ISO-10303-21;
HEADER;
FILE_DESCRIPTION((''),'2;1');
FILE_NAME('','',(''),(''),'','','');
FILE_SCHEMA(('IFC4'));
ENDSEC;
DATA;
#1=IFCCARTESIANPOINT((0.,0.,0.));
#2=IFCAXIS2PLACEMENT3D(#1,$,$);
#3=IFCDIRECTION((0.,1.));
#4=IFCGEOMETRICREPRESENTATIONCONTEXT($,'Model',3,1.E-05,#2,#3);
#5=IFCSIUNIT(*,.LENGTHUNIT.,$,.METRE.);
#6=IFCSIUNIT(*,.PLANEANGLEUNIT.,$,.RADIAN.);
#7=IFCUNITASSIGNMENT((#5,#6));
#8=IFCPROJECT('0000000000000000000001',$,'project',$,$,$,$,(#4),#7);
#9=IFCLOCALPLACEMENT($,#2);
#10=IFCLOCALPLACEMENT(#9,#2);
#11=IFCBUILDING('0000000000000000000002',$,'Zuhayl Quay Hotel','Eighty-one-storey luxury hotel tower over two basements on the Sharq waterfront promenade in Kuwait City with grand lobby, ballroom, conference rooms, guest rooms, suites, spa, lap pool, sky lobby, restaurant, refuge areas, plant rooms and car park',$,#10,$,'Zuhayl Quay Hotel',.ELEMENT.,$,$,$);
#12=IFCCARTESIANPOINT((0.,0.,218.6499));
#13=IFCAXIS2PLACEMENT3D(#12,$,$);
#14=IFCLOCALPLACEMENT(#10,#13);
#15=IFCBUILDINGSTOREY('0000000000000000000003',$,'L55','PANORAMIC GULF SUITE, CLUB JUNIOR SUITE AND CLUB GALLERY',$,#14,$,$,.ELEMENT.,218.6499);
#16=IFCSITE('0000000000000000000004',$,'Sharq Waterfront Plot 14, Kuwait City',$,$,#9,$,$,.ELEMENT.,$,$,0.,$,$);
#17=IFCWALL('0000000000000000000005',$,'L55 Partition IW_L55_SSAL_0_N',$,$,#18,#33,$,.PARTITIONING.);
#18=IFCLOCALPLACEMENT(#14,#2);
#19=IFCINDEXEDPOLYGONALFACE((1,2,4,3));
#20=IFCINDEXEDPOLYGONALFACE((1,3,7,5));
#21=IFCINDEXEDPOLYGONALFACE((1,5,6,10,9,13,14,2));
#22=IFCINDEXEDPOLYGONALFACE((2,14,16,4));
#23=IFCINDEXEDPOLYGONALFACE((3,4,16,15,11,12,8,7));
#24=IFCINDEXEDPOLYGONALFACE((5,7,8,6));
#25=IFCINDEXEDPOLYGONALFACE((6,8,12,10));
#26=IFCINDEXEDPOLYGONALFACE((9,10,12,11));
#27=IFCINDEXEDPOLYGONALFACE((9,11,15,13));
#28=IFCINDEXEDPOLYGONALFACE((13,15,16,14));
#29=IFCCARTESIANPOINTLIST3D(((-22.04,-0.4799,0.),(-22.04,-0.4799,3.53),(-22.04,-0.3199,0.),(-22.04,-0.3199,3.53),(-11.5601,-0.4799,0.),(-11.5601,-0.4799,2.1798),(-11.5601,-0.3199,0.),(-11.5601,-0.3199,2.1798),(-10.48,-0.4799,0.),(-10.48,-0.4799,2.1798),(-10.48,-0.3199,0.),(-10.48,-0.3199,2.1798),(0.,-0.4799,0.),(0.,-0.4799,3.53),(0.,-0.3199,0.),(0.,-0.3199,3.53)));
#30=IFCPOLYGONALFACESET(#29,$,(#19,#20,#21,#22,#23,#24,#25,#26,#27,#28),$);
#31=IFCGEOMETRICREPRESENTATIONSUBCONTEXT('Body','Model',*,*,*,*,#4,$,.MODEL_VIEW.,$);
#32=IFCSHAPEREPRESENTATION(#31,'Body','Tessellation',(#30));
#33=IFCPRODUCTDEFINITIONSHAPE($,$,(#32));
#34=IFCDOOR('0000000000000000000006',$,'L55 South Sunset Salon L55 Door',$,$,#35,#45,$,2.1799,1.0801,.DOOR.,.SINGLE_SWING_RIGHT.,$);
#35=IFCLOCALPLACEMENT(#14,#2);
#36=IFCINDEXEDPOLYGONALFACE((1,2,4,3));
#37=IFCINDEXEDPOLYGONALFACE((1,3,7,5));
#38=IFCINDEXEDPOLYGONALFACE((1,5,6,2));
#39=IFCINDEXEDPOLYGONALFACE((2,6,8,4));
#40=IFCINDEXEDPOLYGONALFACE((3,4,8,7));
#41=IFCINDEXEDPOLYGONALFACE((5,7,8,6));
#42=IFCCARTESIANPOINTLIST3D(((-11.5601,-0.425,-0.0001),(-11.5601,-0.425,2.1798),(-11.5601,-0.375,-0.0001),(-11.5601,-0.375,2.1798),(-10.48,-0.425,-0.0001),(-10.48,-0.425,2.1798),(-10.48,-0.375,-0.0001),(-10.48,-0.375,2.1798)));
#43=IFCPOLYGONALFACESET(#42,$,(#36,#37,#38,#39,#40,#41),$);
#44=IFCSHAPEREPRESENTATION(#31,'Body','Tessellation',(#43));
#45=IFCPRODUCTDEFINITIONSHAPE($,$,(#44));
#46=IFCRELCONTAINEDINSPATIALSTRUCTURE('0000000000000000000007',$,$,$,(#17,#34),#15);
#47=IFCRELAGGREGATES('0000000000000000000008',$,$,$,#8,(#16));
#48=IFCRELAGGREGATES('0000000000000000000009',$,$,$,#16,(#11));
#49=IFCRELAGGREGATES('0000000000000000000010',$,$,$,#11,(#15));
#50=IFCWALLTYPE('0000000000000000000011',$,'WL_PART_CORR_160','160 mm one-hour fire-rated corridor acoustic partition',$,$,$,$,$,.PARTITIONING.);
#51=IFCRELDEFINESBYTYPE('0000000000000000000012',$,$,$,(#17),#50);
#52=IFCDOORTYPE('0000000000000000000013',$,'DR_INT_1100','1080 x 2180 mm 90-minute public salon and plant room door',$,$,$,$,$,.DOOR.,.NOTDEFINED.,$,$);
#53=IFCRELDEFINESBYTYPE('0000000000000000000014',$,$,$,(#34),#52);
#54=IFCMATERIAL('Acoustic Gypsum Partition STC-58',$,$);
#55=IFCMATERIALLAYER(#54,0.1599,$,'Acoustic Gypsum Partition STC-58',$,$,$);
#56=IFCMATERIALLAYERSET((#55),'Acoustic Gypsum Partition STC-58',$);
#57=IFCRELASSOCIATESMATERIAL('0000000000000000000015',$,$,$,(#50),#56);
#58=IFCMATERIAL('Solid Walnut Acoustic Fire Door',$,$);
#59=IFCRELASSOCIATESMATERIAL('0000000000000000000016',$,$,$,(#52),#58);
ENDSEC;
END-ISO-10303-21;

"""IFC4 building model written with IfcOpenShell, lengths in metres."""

from ifc_helpers import new_model, si_unit, direction, frame, frame_2d, origin, place, context, subcontext, project, spatial, rectangle, extrude, material, layer, layer_set, type_object, element, fill, save


model = new_model("IFC4")

# Units and contexts
model_context = context("Model", 3, precision=1e-05, world=origin(), true_north=direction((0.0, 1.0)))
body_context = subcontext(model_context, "Body", "Model", "MODEL_VIEW")
ifc_project = project(units=[si_unit("LENGTHUNIT", "METRE"), si_unit("PLANEANGLEUNIT", "RADIAN")], contexts=[model_context])

# Site, building, storey
site_placement = place(None, origin())
site = spatial("IfcSite", under=ifc_project, at=site_placement, Name="Sharq Waterfront Plot 14, Kuwait City", CompositionType="ELEMENT", RefElevation=0.0)
building_placement = place(site_placement, origin())
building = spatial("IfcBuilding", under=site, at=building_placement, Name="Zuhayl Quay Hotel", Description="Eighty-one-storey luxury hotel tower over two basements on the Sharq waterfront promenade in Kuwait City with grand lobby, ballroom, conference rooms, guest rooms, suites, spa, lap pool, sky lobby, restaurant, refuge areas, plant rooms and car park", LongName="Zuhayl Quay Hotel", CompositionType="ELEMENT")
storey_placement = place(building_placement, frame((0.0, 0.0, 218.6499)))
storey = spatial("IfcBuildingStorey", under=building, at=storey_placement, Name="L55", Description="PANORAMIC GULF SUITE, CLUB JUNIOR SUITE AND CLUB GALLERY", CompositionType="ELEMENT", Elevation=218.6499)

# Wall, opening, door
ifc_material_1 = material(Name="Acoustic Gypsum Partition STC-58")
ifc_layer_1 = layer(ifc_material_1, 0.1599, Name="Acoustic Gypsum Partition STC-58")
ifc_layer_set_1 = layer_set([ifc_layer_1], Name="Acoustic Gypsum Partition STC-58")
wall_type_1 = type_object("IfcWallType", Name="WL_PART_CORR_160", Description="160 mm one-hour fire-rated corridor acoustic partition", PredefinedType="PARTITIONING", material=ifc_layer_set_1)
wall_1_placement = place(storey_placement, frame((-22.04, -0.3999, 0.0), z_axis=(0.0, 0.0, 1.0), x_axis=(1.0, 0.0, 0.0)))
wall_1 = element("IfcWall", 1, at=wall_1_placement, inside=storey, type_object=wall_type_1, Name="L55 Partition IW_L55_SSAL_0_N", PredefinedType="PARTITIONING", context=body_context, shape_type="SweptSolid", body=[
    extrude(rectangle(XDim=22.04, YDim=0.1599, at=frame_2d((11.02, 0.0))), origin(), (0.0, 0.0, 1.0), 3.53),
])
opening_1_placement = place(wall_1_placement, frame((10.48, 0.0, 0.0)))
opening_1 = element("IfcOpeningElement", 2, at=opening_1_placement, cuts=wall_1, PredefinedType="OPENING", context=body_context, shape_type="SweptSolid", body=[
    extrude(rectangle(XDim=1.0801, YDim=2.1799, at=frame_2d((0.54, 1.0898))), frame((0.0, 0.0898, 0.0), z_axis=(0.0, -1.0, 0.0), x_axis=(1.0, 0.0, 0.0)), (0.0, 0.0, 1.0), 0.1799),
])
ifc_material_2 = material(Name="Solid Walnut Acoustic Fire Door")
door_type = type_object("IfcDoorType", Name="DR_INT_1100", Description="1080 x 2180 mm 90-minute public salon and plant room door", OperationType="NOTDEFINED", PredefinedType="DOOR", material=ifc_material_2)
door_placement = place(opening_1_placement, origin())
door = element("IfcDoor", 3, at=door_placement, inside=storey, type_object=door_type, Name="L55 South Sunset Salon L55 Door", OperationType="SINGLE_SWING_RIGHT", OverallHeight=2.1799, OverallWidth=1.0801, PredefinedType="DOOR", context=body_context, shape_type="SweptSolid", body=[
    extrude(rectangle(XDim=1.0801, YDim=2.1799, at=frame_2d((0.54, 1.0898))), frame((0.0, 0.0249, 0.0), z_axis=(0.0, -1.0, 0.0), x_axis=(1.0, 0.0, 0.0)), (0.0, 0.0, 1.0), 0.05),
])
fill(opening_1, door)

save(model, "model.ifc")
